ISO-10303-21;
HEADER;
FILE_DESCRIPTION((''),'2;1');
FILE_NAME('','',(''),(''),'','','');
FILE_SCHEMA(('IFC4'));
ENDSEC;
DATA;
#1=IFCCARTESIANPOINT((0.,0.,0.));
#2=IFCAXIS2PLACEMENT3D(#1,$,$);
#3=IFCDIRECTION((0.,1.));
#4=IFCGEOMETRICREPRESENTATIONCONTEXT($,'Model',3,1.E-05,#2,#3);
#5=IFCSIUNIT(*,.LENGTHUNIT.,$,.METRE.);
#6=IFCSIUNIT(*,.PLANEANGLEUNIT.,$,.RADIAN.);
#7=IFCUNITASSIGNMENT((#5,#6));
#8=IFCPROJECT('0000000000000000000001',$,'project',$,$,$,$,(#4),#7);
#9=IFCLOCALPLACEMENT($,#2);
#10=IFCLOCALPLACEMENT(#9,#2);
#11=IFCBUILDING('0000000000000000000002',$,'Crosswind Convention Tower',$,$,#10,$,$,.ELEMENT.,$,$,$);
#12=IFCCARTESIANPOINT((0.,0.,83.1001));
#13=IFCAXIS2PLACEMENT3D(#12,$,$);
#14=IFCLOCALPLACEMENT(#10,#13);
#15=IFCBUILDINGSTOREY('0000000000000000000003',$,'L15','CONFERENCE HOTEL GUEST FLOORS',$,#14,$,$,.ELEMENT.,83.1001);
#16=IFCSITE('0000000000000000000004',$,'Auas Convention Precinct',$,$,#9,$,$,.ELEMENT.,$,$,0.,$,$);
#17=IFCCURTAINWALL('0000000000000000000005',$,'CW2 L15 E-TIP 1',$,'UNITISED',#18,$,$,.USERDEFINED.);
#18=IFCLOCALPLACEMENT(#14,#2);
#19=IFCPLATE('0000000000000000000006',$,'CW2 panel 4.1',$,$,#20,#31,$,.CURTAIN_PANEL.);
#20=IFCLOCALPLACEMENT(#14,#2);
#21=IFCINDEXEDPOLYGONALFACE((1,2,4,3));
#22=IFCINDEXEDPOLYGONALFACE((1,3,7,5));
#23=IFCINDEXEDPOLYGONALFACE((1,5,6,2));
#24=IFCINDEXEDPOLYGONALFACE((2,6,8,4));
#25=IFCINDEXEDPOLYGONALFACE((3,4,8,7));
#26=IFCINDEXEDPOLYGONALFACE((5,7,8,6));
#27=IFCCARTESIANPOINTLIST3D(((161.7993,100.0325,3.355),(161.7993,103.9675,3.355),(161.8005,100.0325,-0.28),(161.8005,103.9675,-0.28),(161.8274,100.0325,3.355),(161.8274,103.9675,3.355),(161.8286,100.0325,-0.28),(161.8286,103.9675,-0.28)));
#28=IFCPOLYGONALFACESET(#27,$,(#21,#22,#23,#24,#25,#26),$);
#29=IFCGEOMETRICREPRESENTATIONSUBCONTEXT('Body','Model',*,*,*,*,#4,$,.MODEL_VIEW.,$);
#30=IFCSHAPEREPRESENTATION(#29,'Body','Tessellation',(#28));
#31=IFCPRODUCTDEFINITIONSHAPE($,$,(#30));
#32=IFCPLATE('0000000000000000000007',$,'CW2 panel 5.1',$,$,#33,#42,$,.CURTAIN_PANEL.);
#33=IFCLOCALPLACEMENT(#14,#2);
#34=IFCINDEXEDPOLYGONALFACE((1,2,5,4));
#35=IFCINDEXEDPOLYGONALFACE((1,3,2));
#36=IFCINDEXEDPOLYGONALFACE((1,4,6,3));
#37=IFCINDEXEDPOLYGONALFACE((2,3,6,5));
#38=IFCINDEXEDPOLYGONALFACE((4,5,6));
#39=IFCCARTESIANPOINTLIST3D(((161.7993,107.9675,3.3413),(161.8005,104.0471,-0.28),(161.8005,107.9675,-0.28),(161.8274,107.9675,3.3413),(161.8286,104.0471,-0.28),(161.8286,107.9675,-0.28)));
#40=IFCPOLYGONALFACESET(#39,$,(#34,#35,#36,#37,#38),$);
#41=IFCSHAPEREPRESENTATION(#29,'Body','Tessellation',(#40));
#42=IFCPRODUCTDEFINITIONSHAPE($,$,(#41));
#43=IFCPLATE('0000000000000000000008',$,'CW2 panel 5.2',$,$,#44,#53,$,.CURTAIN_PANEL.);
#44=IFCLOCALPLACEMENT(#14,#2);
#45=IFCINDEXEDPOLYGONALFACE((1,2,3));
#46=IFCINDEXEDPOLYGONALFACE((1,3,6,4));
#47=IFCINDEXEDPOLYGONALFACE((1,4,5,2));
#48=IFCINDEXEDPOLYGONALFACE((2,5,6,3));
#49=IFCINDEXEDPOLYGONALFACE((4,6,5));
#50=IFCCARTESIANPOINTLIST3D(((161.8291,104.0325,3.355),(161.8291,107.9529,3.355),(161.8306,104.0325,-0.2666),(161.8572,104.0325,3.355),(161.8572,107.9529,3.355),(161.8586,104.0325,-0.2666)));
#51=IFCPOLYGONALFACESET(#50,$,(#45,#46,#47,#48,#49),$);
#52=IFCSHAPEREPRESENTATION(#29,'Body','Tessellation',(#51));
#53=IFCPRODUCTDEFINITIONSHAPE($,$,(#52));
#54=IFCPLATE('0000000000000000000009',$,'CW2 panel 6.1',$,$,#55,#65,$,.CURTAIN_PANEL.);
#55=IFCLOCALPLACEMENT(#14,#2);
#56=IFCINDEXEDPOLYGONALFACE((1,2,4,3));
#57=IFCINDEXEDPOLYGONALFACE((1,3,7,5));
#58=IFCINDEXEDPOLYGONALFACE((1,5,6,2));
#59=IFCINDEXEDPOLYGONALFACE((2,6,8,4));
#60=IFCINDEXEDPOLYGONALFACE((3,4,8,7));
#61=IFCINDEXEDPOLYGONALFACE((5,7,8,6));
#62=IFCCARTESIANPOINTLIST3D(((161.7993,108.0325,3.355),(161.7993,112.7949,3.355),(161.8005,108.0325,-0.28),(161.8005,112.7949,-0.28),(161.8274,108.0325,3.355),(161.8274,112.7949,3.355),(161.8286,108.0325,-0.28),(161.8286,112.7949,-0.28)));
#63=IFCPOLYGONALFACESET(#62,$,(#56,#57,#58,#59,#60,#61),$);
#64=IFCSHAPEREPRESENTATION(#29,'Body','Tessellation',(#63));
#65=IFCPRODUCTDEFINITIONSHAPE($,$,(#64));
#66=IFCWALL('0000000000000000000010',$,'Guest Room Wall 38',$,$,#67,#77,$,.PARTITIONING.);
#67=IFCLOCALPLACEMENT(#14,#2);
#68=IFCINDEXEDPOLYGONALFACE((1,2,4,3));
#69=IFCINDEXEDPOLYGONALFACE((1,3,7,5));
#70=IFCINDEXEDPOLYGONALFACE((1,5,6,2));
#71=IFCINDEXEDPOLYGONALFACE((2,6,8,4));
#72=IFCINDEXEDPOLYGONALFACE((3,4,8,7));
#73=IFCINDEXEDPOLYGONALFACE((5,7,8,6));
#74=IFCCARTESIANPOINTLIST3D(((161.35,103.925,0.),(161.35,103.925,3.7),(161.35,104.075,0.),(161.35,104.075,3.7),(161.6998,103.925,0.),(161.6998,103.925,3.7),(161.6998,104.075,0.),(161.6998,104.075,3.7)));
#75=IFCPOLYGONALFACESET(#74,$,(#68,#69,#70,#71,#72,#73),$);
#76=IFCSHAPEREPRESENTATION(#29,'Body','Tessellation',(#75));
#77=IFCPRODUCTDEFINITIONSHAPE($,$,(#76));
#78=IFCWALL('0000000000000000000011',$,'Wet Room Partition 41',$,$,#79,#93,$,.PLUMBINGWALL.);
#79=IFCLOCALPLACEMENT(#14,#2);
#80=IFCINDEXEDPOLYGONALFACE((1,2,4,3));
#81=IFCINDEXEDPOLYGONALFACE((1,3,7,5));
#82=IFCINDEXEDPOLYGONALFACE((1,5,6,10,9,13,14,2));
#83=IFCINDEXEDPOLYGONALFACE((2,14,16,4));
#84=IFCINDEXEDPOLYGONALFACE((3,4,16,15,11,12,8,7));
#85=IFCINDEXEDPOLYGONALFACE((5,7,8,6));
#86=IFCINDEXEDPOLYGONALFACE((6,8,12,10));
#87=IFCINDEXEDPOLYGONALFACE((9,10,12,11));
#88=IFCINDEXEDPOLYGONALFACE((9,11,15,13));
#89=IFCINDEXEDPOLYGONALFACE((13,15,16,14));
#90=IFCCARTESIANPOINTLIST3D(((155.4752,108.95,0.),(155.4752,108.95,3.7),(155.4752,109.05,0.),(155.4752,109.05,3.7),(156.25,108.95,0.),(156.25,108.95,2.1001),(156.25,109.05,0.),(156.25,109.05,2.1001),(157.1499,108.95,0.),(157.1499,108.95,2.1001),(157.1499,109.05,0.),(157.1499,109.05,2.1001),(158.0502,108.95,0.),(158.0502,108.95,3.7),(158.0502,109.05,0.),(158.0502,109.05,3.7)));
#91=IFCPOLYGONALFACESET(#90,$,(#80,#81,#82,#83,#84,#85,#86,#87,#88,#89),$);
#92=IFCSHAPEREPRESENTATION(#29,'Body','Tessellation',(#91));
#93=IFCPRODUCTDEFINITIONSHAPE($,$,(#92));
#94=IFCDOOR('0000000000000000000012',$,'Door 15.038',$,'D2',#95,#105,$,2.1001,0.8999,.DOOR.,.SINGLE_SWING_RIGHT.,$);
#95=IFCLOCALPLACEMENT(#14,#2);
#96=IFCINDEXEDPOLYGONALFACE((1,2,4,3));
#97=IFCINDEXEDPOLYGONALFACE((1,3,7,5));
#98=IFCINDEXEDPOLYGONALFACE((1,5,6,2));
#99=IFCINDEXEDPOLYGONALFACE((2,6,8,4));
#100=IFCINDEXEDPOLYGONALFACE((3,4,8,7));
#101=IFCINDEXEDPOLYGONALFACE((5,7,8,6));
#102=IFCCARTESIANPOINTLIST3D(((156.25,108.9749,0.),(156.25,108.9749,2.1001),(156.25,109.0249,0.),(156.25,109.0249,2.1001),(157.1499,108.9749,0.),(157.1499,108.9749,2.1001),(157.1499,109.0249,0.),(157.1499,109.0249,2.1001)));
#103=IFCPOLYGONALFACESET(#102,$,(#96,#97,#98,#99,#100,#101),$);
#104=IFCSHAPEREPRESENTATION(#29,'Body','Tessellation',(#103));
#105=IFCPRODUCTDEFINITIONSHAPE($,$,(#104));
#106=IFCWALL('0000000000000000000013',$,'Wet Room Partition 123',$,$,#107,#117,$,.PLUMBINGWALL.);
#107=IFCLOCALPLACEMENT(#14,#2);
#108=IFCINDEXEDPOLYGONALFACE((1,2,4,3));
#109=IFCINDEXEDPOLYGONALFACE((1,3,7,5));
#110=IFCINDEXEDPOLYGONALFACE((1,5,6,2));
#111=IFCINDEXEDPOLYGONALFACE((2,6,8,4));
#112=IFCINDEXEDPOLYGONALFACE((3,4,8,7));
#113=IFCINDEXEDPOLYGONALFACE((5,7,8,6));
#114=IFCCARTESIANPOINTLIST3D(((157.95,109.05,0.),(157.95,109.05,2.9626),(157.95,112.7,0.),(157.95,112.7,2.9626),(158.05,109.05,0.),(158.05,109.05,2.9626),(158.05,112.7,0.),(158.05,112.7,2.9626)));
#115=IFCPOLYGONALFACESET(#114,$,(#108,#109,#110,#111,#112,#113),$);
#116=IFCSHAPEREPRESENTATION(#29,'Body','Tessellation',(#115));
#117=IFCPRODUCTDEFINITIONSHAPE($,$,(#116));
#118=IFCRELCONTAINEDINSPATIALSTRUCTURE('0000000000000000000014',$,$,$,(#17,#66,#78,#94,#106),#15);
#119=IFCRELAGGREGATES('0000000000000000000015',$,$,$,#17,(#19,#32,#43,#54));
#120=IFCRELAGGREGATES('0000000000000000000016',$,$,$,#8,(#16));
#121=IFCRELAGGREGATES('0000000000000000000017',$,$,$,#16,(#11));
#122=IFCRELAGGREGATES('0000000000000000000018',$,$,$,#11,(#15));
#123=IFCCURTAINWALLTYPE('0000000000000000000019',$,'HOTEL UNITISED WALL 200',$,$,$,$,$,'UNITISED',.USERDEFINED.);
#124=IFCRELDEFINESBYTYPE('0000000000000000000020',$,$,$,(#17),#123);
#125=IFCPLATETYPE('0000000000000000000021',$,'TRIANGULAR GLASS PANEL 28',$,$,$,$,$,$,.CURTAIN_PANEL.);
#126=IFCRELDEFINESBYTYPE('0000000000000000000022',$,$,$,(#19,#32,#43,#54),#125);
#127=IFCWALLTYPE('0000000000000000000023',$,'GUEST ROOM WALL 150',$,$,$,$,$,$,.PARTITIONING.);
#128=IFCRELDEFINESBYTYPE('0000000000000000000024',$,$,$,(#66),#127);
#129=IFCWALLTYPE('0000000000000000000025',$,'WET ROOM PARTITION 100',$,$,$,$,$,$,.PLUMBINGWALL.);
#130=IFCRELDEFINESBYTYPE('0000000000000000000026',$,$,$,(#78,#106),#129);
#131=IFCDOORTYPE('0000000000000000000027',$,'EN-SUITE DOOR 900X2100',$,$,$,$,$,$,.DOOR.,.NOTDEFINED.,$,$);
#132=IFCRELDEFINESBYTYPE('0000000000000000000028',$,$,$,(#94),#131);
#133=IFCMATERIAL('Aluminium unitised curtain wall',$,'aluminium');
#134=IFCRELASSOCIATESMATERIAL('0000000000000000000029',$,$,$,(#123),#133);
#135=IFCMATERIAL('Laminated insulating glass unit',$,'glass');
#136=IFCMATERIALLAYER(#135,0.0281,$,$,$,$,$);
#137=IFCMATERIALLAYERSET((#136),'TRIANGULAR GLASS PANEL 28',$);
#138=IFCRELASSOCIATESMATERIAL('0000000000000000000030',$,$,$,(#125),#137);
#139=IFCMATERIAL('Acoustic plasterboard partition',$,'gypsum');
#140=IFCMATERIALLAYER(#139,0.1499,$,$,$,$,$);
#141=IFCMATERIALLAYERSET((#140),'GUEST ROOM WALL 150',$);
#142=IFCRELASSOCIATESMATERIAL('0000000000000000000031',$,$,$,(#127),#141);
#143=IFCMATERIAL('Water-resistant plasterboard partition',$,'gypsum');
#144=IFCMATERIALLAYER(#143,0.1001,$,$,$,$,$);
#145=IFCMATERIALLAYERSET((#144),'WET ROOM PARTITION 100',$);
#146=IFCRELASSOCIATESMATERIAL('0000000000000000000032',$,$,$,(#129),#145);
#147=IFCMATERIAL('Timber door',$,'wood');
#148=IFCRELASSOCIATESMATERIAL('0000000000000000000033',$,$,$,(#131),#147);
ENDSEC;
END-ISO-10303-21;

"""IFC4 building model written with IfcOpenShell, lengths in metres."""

from ifc_helpers import new_model, si_unit, direction, frame, frame_2d, origin, place, context, subcontext, project, spatial, polyline, rectangle, outline, extrude, material, layer, layer_set, type_object, element, fill, aggregate, save


model = new_model("IFC4")

# Units and contexts
model_context = context("Model", 3, precision=1e-05, world=origin(), true_north=direction((0.0, 1.0)))
body_context = subcontext(model_context, "Body", "Model", "MODEL_VIEW")
ifc_project = project(units=[si_unit("LENGTHUNIT", "METRE"), si_unit("PLANEANGLEUNIT", "RADIAN")], contexts=[model_context])

# Site, building, storey
site_placement = place(None, origin())
site = spatial("IfcSite", under=ifc_project, at=site_placement, Name="Auas Convention Precinct", CompositionType="ELEMENT", RefElevation=0.0)
building_placement = place(site_placement, origin())
building = spatial("IfcBuilding", under=site, at=building_placement, Name="Crosswind Convention Tower", CompositionType="ELEMENT")
storey_placement = place(building_placement, frame((0.0, 0.0, 83.1001)))
storey = spatial("IfcBuildingStorey", under=building, at=storey_placement, Name="L15", Description="CONFERENCE HOTEL GUEST FLOORS", CompositionType="ELEMENT", Elevation=83.1001)

# Shared definitions
ifc_material_1 = material(Name="Aluminium unitised curtain wall", Category="aluminium")

# Curtain wall
curtain_wall_type_1 = type_object("IfcCurtainWallType", Name="HOTEL UNITISED WALL 200", ElementType="UNITISED", PredefinedType="USERDEFINED", material=ifc_material_1)
curtain_wall_1_placement = place(storey_placement, origin())
curtain_wall_1 = element("IfcCurtainWall", 1, at=curtain_wall_1_placement, inside=storey, type_object=curtain_wall_type_1, Name="CW2 L15 E-TIP 1", ObjectType="UNITISED", PredefinedType="USERDEFINED")

# Plates
ifc_material_2 = material(Name="Laminated insulating glass unit", Category="glass")
ifc_layer_1 = layer(ifc_material_2, 0.0281)
ifc_layer_set_1 = layer_set([ifc_layer_1], Name="TRIANGULAR GLASS PANEL 28")
plate_type_1 = type_object("IfcPlateType", Name="TRIANGULAR GLASS PANEL 28", PredefinedType="CURTAIN_PANEL", material=ifc_layer_set_1)
plate_1_placement = place(storey_placement, frame((161.8286, 100.0325, -0.28), z_axis=(1.0, 0.0, 0.000336), x_axis=(0.0, 1.0, 0.0)))
plate_1 = element("IfcPlate", 2, at=plate_1_placement, type_object=plate_type_1, Name="CW2 panel 4.1", PredefinedType="CURTAIN_PANEL", context=body_context, shape_type="SweptSolid", body=[
    extrude(outline(polyline([(0.0, 0.0), (3.9351, 0.0), (3.9351, 3.635), (0.0, 3.635), (0.0, 0.0)])), origin(), (0.0, 0.0, -1.0), 0.0281),
])
plate_2_placement = place(storey_placement, frame((161.8286, 107.9675, -0.28), z_axis=(1.0, 0.0, 0.000337), x_axis=(-0.000337, 0.0, 1.0)))
plate_2 = element("IfcPlate", 3, at=plate_2_placement, type_object=plate_type_1, Name="CW2 panel 5.1", PredefinedType="CURTAIN_PANEL", context=body_context, shape_type="SweptSolid", body=[
    extrude(outline(polyline([(0.0, 0.0), (3.6213, 0.0), (0.0, 3.9204), (0.0, 0.0)])), origin(), (0.0, 0.0, -1.0), 0.0281),
])
plate_3_placement = place(storey_placement, frame((161.8572, 104.0325, 3.355), z_axis=(1.0, 0.0, 0.000404), x_axis=(0.000404, 0.0, -1.0)))
plate_3 = element("IfcPlate", 4, at=plate_3_placement, type_object=plate_type_1, Name="CW2 panel 5.2", PredefinedType="CURTAIN_PANEL", context=body_context, shape_type="SweptSolid", body=[
    extrude(outline(polyline([(0.0, 0.0), (3.6216, 0.0), (0.0, 3.9204), (0.0, 0.0)])), origin(), (0.0, 0.0, -1.0), 0.0281),
])
plate_4_placement = place(storey_placement, frame((161.8286, 108.0325, -0.28), z_axis=(1.0, 0.0, 0.000336), x_axis=(0.0, 1.0, 0.0)))
plate_4 = element("IfcPlate", 5, at=plate_4_placement, type_object=plate_type_1, Name="CW2 panel 6.1", PredefinedType="CURTAIN_PANEL", context=body_context, shape_type="SweptSolid", body=[
    extrude(outline(polyline([(0.0, 0.0), (4.7625, 0.0), (4.7625, 3.635), (0.0, 3.635), (0.0, 0.0)])), origin(), (0.0, 0.0, -1.0), 0.0281),
])
aggregate(curtain_wall_1, [plate_1, plate_2, plate_3, plate_4])

# Wall
ifc_material_3 = material(Name="Acoustic plasterboard partition", Category="gypsum")
ifc_layer_2 = layer(ifc_material_3, 0.1499)
ifc_layer_set_2 = layer_set([ifc_layer_2], Name="GUEST ROOM WALL 150")
wall_type_1 = type_object("IfcWallType", Name="GUEST ROOM WALL 150", PredefinedType="PARTITIONING", material=ifc_layer_set_2)
wall_1_placement = place(storey_placement, frame((161.3501, 104.0, 0.0), z_axis=(0.0, 0.0, 1.0), x_axis=(1.0, 0.0, 0.0)))
element("IfcWall", 6, at=wall_1_placement, inside=storey, type_object=wall_type_1, Name="Guest Room Wall 38", PredefinedType="PARTITIONING", context=body_context, shape_type="SweptSolid", body=[
    extrude(rectangle(XDim=0.3499, YDim=0.1499, at=frame_2d((0.1748, 0.0))), origin(), (0.0, 0.0, 1.0), 3.7),
])

# Wall, opening, door
ifc_material_4 = material(Name="Water-resistant plasterboard partition", Category="gypsum")
ifc_layer_3 = layer(ifc_material_4, 0.1001)
ifc_layer_set_3 = layer_set([ifc_layer_3], Name="WET ROOM PARTITION 100")
wall_type_2 = type_object("IfcWallType", Name="WET ROOM PARTITION 100", PredefinedType="PLUMBINGWALL", material=ifc_layer_set_3)
wall_2_placement = place(storey_placement, frame((155.4751, 109.0, 0.0), z_axis=(0.0, 0.0, 1.0), x_axis=(1.0, 0.0, 0.0)))
wall_2 = element("IfcWall", 7, at=wall_2_placement, inside=storey, type_object=wall_type_2, Name="Wet Room Partition 41", PredefinedType="PLUMBINGWALL", context=body_context, shape_type="SweptSolid", body=[
    extrude(rectangle(XDim=2.575, YDim=0.1001, at=frame_2d((1.2876, 0.0))), origin(), (0.0, 0.0, 1.0), 3.7),
])
opening_placement = place(wall_2_placement, frame((0.7749, 0.0, 0.0)))
opening = element("IfcOpeningElement", 8, at=opening_placement, cuts=wall_2, PredefinedType="OPENING", context=body_context, shape_type="SweptSolid", body=[
    extrude(rectangle(XDim=0.8999, YDim=2.1001, at=frame_2d((0.45, 1.05))), frame((0.0, 0.0601, 0.0), z_axis=(0.0, -1.0, 0.0), x_axis=(1.0, 0.0, 0.0)), (0.0, 0.0, 1.0), 0.1201),
])
ifc_material_5 = material(Name="Timber door", Category="wood")
door_type = type_object("IfcDoorType", Name="EN-SUITE DOOR 900X2100", OperationType="NOTDEFINED", PredefinedType="DOOR", material=ifc_material_5)
door_placement = place(opening_placement, origin())
door = element("IfcDoor", 9, at=door_placement, inside=storey, type_object=door_type, Name="Door 15.038", ObjectType="D2", OperationType="SINGLE_SWING_RIGHT", OverallHeight=2.1001, OverallWidth=0.8999, PredefinedType="DOOR", context=body_context, shape_type="SweptSolid", body=[
    extrude(rectangle(XDim=0.8999, YDim=2.1001, at=frame_2d((0.45, 1.05))), frame((0.0, 0.0249, 0.0), z_axis=(0.0, -1.0, 0.0), x_axis=(1.0, 0.0, 0.0)), (0.0, 0.0, 1.0), 0.05),
])
fill(opening, door)

# Wall
wall_3_placement = place(storey_placement, frame((158.0, 109.05, 0.0), z_axis=(0.0, 0.0, 1.0), x_axis=(0.0, 1.0, 0.0)))
element("IfcWall", 10, at=wall_3_placement, inside=storey, type_object=wall_type_2, Name="Wet Room Partition 123", PredefinedType="PLUMBINGWALL", context=body_context, shape_type="SweptSolid", body=[
    extrude(rectangle(XDim=3.6499, YDim=0.1001, at=frame_2d((1.825, 0.0))), origin(), (0.0, 0.0, 1.0), 2.9626),
])

save(model, "model.ifc")
